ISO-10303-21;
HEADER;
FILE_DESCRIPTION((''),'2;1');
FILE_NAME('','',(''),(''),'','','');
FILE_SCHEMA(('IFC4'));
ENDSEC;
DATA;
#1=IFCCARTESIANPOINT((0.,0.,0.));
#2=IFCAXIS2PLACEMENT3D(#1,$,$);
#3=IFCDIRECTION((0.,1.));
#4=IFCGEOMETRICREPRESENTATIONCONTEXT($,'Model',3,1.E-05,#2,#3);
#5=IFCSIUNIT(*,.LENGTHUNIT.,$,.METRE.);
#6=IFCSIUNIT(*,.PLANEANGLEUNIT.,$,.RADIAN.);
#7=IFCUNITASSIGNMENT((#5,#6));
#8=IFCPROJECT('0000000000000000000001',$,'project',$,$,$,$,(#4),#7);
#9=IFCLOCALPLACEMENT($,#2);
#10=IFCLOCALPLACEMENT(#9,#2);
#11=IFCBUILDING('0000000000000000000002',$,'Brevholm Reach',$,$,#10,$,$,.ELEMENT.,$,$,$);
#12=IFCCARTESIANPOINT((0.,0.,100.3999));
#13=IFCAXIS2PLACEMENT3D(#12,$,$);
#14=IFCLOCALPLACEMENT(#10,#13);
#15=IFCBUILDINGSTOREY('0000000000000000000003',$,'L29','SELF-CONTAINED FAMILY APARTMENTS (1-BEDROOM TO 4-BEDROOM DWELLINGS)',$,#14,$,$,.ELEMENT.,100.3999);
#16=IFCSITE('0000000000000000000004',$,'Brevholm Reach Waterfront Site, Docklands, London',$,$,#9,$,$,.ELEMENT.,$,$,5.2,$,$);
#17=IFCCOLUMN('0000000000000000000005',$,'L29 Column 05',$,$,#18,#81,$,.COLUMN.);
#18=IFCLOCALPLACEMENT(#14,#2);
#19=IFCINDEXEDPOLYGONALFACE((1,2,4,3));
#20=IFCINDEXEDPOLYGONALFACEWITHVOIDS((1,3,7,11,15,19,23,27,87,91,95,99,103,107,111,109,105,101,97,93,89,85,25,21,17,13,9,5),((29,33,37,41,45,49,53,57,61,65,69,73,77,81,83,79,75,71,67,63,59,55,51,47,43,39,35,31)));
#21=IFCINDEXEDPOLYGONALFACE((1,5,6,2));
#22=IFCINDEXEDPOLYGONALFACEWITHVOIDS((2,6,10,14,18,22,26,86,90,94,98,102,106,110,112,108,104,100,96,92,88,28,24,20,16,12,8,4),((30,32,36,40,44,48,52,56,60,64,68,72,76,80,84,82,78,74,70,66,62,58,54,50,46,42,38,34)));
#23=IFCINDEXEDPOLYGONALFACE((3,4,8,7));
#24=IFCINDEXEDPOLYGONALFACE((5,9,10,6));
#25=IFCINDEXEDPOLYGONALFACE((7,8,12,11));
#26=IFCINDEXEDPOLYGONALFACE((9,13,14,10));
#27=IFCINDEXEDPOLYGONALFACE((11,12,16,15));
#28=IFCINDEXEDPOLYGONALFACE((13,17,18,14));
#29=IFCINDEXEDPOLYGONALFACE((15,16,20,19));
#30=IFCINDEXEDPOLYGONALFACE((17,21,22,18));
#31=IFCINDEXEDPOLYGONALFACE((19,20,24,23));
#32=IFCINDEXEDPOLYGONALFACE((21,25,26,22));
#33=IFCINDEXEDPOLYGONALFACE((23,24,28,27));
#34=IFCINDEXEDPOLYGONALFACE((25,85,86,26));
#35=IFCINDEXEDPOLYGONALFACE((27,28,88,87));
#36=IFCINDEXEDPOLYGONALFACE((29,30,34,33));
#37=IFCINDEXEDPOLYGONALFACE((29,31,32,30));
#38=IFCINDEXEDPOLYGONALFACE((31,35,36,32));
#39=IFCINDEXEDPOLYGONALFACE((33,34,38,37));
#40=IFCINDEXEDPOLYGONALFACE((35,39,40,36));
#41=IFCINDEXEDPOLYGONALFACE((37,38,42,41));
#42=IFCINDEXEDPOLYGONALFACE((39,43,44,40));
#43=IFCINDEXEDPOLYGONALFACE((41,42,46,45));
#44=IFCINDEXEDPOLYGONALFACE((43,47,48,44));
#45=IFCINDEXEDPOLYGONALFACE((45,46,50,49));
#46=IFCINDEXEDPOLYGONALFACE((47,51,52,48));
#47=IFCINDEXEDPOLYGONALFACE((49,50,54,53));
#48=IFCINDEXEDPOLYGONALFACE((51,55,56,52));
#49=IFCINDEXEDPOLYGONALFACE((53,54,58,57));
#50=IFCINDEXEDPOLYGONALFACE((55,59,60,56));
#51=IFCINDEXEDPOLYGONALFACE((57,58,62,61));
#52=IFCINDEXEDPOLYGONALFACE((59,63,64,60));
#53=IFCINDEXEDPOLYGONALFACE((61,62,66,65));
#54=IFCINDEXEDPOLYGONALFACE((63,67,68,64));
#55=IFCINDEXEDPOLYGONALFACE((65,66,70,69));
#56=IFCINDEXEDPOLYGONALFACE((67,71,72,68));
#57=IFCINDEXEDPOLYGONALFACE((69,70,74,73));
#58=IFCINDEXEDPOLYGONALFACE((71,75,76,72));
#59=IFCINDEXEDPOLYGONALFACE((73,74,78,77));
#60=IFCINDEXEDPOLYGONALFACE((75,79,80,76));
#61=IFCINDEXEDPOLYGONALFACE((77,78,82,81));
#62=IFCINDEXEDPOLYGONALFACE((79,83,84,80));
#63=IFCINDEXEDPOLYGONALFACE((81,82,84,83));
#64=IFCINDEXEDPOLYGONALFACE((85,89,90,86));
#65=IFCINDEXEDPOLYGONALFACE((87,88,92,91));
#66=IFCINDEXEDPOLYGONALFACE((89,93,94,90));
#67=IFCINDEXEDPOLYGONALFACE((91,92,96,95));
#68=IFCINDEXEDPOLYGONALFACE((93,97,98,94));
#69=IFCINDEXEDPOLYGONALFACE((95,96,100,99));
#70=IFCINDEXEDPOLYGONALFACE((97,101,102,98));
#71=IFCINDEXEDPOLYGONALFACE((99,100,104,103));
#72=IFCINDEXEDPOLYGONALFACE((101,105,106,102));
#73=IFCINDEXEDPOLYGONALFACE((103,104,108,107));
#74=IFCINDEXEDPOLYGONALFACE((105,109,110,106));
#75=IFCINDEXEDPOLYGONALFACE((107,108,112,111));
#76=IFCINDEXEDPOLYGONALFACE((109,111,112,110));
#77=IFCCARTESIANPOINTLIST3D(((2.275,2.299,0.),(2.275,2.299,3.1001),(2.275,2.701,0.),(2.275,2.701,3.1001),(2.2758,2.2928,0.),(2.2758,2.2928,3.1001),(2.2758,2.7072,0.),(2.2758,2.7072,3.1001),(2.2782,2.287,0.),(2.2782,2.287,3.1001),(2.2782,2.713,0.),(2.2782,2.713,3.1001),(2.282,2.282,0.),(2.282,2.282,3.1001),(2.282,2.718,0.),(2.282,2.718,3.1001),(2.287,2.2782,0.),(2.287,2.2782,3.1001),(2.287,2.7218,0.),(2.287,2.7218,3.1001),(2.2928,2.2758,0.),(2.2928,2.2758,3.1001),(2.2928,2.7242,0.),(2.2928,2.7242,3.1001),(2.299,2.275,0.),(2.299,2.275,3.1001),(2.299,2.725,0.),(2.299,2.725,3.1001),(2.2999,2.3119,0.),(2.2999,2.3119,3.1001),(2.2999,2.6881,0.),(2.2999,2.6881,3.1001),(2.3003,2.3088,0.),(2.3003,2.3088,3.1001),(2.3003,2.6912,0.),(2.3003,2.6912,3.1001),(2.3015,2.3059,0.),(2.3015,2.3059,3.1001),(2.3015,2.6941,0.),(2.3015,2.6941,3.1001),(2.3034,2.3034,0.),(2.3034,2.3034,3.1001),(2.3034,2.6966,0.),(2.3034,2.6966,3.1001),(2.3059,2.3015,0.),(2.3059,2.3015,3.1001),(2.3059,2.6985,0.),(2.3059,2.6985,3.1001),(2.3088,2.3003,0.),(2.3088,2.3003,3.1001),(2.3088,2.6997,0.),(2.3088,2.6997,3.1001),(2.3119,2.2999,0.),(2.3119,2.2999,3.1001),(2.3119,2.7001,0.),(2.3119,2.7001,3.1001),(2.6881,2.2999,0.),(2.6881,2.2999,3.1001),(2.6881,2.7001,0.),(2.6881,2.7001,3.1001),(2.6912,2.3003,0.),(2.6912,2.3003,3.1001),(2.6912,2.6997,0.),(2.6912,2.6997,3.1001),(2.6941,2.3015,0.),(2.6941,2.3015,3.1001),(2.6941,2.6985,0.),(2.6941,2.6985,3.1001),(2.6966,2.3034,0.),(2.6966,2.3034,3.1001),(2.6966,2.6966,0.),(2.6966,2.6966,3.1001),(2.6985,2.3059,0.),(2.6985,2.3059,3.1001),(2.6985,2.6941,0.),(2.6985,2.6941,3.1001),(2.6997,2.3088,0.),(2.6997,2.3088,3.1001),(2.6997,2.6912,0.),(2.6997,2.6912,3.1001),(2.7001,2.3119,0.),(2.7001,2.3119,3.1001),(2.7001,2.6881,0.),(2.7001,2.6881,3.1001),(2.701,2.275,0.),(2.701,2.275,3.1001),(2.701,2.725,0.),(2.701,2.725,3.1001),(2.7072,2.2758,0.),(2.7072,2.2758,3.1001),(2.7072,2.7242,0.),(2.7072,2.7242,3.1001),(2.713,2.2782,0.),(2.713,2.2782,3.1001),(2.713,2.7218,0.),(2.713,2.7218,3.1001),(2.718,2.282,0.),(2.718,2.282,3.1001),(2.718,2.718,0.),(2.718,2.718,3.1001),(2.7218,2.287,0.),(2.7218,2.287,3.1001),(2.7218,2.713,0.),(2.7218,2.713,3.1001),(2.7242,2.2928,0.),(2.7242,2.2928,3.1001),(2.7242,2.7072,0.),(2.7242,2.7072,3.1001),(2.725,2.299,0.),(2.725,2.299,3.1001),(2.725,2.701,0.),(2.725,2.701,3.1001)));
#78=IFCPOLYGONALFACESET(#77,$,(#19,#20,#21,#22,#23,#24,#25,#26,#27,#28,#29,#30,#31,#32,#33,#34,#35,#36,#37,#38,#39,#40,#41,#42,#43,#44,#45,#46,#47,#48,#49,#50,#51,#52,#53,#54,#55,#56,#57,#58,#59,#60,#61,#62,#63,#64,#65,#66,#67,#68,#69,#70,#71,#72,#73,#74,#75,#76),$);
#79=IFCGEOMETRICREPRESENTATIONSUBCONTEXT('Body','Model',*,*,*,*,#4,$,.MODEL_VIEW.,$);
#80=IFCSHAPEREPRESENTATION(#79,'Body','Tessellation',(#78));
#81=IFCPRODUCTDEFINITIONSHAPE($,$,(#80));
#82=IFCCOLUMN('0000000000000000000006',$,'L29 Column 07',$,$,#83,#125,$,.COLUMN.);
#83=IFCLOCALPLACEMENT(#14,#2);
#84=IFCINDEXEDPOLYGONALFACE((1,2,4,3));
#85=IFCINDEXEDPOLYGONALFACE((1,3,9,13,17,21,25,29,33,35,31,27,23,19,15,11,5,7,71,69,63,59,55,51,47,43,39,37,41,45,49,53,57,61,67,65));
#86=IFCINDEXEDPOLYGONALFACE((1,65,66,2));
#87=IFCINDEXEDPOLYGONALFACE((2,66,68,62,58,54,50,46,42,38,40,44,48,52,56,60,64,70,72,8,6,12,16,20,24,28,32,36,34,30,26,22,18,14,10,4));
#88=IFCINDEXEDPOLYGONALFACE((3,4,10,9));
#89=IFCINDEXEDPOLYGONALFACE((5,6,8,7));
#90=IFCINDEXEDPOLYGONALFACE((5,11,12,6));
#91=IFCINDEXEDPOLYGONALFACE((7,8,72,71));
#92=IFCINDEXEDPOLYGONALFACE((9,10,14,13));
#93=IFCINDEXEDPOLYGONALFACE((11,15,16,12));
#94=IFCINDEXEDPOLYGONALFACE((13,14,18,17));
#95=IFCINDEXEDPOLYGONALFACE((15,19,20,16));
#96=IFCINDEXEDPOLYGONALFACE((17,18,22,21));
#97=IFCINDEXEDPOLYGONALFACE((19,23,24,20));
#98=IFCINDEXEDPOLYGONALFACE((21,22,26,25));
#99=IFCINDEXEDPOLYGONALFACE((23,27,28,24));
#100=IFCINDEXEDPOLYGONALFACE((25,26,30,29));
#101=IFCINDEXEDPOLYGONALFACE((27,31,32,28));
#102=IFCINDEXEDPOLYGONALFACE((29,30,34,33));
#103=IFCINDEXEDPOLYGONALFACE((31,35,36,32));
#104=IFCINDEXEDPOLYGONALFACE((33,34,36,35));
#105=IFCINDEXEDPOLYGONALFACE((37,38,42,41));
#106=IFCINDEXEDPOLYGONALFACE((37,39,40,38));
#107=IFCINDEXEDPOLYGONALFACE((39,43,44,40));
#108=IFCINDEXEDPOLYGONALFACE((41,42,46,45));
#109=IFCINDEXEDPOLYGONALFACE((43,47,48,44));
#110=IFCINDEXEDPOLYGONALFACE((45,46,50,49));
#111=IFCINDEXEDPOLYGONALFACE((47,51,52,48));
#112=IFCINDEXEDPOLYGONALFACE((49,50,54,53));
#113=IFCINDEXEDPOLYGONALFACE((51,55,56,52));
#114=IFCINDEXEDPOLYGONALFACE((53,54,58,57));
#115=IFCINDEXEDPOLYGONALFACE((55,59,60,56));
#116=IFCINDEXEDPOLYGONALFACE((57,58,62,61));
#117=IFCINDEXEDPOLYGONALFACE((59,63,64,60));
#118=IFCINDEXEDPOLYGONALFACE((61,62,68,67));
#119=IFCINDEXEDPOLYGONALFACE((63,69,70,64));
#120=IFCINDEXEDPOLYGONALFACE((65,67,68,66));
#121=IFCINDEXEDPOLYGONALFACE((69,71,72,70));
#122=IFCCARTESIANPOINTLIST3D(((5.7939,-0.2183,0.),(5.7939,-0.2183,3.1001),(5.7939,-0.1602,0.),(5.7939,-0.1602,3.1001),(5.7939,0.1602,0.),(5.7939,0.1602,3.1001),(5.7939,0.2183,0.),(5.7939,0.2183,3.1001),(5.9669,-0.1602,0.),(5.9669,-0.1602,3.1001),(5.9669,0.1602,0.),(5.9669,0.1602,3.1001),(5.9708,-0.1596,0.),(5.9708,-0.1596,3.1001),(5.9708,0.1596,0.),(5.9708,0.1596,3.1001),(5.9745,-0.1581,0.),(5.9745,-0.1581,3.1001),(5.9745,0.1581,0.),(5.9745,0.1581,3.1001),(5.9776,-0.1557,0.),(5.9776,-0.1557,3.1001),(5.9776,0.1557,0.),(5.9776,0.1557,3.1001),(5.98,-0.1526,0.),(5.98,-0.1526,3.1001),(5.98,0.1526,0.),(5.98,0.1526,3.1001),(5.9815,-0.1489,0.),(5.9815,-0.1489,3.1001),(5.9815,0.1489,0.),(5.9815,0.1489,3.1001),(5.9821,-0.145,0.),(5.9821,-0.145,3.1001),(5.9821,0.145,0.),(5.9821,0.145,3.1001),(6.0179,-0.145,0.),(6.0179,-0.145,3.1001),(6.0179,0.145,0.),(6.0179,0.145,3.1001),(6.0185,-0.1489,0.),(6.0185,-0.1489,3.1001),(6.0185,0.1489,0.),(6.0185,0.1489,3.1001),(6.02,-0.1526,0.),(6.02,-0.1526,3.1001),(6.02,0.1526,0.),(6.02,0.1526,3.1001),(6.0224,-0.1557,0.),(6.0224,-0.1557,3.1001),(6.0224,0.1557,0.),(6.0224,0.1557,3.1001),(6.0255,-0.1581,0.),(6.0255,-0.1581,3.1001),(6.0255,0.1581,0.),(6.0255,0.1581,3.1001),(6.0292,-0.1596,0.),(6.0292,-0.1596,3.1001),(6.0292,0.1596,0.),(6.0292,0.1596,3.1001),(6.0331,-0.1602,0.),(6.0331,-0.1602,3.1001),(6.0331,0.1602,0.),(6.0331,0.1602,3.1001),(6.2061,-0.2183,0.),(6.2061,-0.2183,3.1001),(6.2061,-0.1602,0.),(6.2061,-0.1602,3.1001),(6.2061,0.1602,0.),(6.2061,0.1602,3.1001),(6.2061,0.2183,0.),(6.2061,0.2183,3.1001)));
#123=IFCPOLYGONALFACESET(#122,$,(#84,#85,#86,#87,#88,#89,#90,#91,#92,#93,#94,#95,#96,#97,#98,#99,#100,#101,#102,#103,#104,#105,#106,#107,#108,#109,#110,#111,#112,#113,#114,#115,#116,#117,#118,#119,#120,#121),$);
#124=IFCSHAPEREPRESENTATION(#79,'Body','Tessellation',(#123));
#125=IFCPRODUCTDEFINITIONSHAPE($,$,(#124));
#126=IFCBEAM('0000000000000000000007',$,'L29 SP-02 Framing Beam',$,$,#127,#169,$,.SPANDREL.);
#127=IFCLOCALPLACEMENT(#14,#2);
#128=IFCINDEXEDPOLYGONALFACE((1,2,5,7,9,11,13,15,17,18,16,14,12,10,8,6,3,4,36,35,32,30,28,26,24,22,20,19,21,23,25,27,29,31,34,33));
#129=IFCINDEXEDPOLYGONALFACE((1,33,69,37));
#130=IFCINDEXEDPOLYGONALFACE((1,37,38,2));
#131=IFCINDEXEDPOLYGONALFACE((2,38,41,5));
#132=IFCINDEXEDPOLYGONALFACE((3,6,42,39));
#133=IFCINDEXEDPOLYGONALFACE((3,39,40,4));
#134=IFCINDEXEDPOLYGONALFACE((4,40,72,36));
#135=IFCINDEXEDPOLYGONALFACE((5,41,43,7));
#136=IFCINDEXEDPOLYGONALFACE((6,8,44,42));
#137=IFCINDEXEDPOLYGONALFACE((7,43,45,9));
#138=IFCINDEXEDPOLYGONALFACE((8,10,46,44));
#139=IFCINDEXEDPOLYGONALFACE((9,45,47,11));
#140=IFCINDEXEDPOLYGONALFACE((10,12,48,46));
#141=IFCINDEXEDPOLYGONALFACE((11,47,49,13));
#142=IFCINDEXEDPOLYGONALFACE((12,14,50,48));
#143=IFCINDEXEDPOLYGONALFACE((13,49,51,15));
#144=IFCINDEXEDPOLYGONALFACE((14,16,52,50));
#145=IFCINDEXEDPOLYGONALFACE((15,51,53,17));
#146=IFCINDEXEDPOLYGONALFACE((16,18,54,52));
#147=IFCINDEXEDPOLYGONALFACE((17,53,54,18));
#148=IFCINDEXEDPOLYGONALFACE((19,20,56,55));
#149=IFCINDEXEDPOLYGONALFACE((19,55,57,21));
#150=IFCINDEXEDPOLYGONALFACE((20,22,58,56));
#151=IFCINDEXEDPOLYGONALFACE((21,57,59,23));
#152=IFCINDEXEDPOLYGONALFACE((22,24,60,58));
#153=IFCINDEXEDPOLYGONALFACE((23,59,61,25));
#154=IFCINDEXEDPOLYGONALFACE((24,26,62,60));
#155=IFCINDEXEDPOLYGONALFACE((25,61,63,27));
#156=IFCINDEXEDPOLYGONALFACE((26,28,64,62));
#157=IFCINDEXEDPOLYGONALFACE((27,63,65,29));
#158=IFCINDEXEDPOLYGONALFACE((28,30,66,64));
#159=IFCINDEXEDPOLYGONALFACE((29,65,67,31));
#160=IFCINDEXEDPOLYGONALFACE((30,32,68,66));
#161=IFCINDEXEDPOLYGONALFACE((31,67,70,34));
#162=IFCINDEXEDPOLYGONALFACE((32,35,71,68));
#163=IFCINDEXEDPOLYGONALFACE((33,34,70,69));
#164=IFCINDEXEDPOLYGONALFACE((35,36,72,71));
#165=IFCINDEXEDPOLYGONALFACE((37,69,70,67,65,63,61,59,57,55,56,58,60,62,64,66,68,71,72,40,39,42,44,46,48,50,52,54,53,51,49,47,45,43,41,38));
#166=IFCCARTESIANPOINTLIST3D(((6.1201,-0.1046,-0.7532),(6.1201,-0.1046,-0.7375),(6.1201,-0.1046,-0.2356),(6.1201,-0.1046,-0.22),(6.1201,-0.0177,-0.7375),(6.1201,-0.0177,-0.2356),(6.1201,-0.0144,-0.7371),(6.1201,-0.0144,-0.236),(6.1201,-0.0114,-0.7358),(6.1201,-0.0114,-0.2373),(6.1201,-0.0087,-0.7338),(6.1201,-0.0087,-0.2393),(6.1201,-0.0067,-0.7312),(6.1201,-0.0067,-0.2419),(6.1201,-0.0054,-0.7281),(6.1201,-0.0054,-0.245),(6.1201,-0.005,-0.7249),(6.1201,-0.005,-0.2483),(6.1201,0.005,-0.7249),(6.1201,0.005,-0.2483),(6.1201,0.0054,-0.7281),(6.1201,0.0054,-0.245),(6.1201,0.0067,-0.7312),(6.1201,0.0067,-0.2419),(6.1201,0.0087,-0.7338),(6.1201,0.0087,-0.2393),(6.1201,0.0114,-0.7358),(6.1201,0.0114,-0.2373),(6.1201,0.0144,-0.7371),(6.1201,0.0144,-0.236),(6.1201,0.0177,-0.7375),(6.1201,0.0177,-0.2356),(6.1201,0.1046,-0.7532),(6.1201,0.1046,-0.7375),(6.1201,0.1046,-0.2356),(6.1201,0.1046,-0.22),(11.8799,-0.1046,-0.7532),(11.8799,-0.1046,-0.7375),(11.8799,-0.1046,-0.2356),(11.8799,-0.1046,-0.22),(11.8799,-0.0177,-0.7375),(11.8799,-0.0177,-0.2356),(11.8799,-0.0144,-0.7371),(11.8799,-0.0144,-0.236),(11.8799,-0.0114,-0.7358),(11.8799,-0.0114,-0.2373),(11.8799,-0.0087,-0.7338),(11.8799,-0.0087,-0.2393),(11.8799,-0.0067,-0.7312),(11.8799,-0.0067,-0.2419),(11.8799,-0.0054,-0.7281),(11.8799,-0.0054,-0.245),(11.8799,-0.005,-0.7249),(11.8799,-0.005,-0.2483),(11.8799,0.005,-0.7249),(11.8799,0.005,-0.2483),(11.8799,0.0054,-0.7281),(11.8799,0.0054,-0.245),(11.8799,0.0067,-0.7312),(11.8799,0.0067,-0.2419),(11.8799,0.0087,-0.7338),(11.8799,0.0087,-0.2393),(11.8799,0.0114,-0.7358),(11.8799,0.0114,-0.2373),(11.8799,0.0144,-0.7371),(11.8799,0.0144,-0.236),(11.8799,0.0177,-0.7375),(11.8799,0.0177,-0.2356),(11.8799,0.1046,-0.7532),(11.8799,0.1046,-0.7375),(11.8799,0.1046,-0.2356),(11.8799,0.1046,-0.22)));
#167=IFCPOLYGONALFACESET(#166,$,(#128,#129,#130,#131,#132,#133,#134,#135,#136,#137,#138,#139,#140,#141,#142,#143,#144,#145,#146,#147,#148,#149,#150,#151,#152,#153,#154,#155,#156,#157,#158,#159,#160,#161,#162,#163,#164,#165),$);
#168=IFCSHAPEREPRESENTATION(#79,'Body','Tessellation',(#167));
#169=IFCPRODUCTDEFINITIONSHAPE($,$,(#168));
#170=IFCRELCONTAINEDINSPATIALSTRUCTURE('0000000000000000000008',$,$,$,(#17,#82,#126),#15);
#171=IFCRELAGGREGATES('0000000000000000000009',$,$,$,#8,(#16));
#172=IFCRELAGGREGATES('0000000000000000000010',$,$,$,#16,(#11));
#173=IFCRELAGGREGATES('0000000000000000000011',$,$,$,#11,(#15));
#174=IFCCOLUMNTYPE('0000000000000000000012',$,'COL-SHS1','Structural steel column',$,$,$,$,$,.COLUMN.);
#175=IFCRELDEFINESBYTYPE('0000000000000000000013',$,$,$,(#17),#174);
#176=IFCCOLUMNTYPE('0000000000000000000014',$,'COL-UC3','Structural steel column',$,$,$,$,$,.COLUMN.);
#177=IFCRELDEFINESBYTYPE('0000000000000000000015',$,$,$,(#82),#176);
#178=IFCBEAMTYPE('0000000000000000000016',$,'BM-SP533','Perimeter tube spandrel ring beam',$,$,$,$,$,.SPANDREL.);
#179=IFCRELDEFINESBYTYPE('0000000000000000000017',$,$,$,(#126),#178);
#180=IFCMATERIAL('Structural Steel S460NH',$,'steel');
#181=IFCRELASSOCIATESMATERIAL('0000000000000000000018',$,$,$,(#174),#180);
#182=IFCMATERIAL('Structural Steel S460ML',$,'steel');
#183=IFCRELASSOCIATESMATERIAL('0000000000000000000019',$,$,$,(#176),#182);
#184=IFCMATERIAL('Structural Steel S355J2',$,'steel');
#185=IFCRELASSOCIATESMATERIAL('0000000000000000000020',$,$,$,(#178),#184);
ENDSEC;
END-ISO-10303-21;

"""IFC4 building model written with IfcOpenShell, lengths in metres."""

from ifc_helpers import new_model, si_unit, direction, frame, origin, origin_2d, place, context, subcontext, project, spatial, hollow_rectangle, i_section, extrude, material, material_profile, profile_set, type_object, element, save


model = new_model("IFC4")

# Units and contexts
model_context = context("Model", 3, precision=1e-05, world=origin(), true_north=direction((0.0, 1.0)))
body_context = subcontext(model_context, "Body", "Model", "MODEL_VIEW")
ifc_project = project(units=[si_unit("LENGTHUNIT", "METRE"), si_unit("PLANEANGLEUNIT", "RADIAN")], contexts=[model_context])

# Site, building, storey
site_placement = place(None, origin())
site = spatial("IfcSite", under=ifc_project, at=site_placement, Name="Brevholm Reach Waterfront Site, Docklands, London", CompositionType="ELEMENT", RefElevation=5.2)
building_placement = place(site_placement, origin())
building = spatial("IfcBuilding", under=site, at=building_placement, Name="Brevholm Reach", CompositionType="ELEMENT")
storey_placement = place(building_placement, frame((0.0, 0.0, 100.3999)))
storey = spatial("IfcBuildingStorey", under=building, at=storey_placement, Name="L29", Description="SELF-CONTAINED FAMILY APARTMENTS (1-BEDROOM TO 4-BEDROOM DWELLINGS)", CompositionType="ELEMENT", Elevation=100.3999)

# Columns
ifc_material_1 = material(Name="Structural Steel S460NH", Category="steel")
ifc_material_profile_1 = material_profile(ifc_material_1, hollow_rectangle(XDim=0.45, YDim=0.45, WallThickness=0.0249, InnerFilletRadius=0.012, OuterFilletRadius=0.0239, at=origin_2d()), Name="SHS 450x450x25")
ifc_profile_set_1 = profile_set([ifc_material_profile_1], Name="Structural Steel S460NH")
column_type_1 = type_object("IfcColumnType", Name="COL-SHS1", Description="Structural steel column", PredefinedType="COLUMN", material=ifc_profile_set_1)
column_1_placement = place(storey_placement, frame((2.5, 2.5, 0.0), z_axis=(0.0, 0.0, 1.0), x_axis=(1.0, 0.0, 0.0)))
element("IfcColumn", 1, at=column_1_placement, inside=storey, type_object=column_type_1, Name="L29 Column 05", PredefinedType="COLUMN", context=body_context, shape_type="SweptSolid", body=[
    extrude(hollow_rectangle(XDim=0.45, YDim=0.45, WallThickness=0.0249, InnerFilletRadius=0.012, OuterFilletRadius=0.0239, at=origin_2d()), origin(), (0.0, 0.0, 1.0), 3.1001),
])
ifc_material_2 = material(Name="Structural Steel S460ML", Category="steel")
ifc_material_profile_2 = material_profile(ifc_material_2, i_section(OverallWidth=0.4121, OverallDepth=0.4365, WebThickness=0.0359, FlangeThickness=0.0581, FilletRadius=0.0151, at=origin_2d()), Name="UKC 356x406x467")
ifc_profile_set_2 = profile_set([ifc_material_profile_2], Name="Structural Steel S460ML")
column_type_2 = type_object("IfcColumnType", Name="COL-UC3", Description="Structural steel column", PredefinedType="COLUMN", material=ifc_profile_set_2)
column_2_placement = place(storey_placement, frame((6.0, 0.0, 0.0), z_axis=(0.0, 0.0, 1.0), x_axis=(1.0, 0.0, 0.0)))
element("IfcColumn", 2, at=column_2_placement, inside=storey, type_object=column_type_2, Name="L29 Column 07", PredefinedType="COLUMN", context=body_context, shape_type="SweptSolid", body=[
    extrude(i_section(OverallWidth=0.4121, OverallDepth=0.4365, WebThickness=0.0359, FlangeThickness=0.0581, FilletRadius=0.0151, at=origin_2d()), origin(), (0.0, 0.0, 1.0), 3.1001),
])

# Beam
ifc_material_3 = material(Name="Structural Steel S355J2", Category="steel")
ifc_material_profile_3 = material_profile(ifc_material_3, i_section(OverallWidth=0.2092, OverallDepth=0.5332, WebThickness=0.01, FlangeThickness=0.0156, FilletRadius=0.0127, at=origin_2d()), Name="UKB 533x210x92")
ifc_profile_set_3 = profile_set([ifc_material_profile_3], Name="Structural Steel S355J2")
beam_type_1 = type_object("IfcBeamType", Name="BM-SP533", Description="Perimeter tube spandrel ring beam", PredefinedType="SPANDREL", material=ifc_profile_set_3)
beam_1_placement = place(storey_placement, frame((6.1201, 0.0, -0.4866), z_axis=(1.0, 0.0, 0.0), x_axis=(0.0, 1.0, 0.0)))
element("IfcBeam", 3, at=beam_1_placement, inside=storey, type_object=beam_type_1, Name="L29 SP-02 Framing Beam", PredefinedType="SPANDREL", context=body_context, shape_type="SweptSolid", body=[
    extrude(i_section(OverallWidth=0.2092, OverallDepth=0.5332, WebThickness=0.01, FlangeThickness=0.0156, FilletRadius=0.0127, at=origin_2d()), origin(), (0.0, 0.0, 1.0), 5.7598),
])

save(model, "model.ifc")
